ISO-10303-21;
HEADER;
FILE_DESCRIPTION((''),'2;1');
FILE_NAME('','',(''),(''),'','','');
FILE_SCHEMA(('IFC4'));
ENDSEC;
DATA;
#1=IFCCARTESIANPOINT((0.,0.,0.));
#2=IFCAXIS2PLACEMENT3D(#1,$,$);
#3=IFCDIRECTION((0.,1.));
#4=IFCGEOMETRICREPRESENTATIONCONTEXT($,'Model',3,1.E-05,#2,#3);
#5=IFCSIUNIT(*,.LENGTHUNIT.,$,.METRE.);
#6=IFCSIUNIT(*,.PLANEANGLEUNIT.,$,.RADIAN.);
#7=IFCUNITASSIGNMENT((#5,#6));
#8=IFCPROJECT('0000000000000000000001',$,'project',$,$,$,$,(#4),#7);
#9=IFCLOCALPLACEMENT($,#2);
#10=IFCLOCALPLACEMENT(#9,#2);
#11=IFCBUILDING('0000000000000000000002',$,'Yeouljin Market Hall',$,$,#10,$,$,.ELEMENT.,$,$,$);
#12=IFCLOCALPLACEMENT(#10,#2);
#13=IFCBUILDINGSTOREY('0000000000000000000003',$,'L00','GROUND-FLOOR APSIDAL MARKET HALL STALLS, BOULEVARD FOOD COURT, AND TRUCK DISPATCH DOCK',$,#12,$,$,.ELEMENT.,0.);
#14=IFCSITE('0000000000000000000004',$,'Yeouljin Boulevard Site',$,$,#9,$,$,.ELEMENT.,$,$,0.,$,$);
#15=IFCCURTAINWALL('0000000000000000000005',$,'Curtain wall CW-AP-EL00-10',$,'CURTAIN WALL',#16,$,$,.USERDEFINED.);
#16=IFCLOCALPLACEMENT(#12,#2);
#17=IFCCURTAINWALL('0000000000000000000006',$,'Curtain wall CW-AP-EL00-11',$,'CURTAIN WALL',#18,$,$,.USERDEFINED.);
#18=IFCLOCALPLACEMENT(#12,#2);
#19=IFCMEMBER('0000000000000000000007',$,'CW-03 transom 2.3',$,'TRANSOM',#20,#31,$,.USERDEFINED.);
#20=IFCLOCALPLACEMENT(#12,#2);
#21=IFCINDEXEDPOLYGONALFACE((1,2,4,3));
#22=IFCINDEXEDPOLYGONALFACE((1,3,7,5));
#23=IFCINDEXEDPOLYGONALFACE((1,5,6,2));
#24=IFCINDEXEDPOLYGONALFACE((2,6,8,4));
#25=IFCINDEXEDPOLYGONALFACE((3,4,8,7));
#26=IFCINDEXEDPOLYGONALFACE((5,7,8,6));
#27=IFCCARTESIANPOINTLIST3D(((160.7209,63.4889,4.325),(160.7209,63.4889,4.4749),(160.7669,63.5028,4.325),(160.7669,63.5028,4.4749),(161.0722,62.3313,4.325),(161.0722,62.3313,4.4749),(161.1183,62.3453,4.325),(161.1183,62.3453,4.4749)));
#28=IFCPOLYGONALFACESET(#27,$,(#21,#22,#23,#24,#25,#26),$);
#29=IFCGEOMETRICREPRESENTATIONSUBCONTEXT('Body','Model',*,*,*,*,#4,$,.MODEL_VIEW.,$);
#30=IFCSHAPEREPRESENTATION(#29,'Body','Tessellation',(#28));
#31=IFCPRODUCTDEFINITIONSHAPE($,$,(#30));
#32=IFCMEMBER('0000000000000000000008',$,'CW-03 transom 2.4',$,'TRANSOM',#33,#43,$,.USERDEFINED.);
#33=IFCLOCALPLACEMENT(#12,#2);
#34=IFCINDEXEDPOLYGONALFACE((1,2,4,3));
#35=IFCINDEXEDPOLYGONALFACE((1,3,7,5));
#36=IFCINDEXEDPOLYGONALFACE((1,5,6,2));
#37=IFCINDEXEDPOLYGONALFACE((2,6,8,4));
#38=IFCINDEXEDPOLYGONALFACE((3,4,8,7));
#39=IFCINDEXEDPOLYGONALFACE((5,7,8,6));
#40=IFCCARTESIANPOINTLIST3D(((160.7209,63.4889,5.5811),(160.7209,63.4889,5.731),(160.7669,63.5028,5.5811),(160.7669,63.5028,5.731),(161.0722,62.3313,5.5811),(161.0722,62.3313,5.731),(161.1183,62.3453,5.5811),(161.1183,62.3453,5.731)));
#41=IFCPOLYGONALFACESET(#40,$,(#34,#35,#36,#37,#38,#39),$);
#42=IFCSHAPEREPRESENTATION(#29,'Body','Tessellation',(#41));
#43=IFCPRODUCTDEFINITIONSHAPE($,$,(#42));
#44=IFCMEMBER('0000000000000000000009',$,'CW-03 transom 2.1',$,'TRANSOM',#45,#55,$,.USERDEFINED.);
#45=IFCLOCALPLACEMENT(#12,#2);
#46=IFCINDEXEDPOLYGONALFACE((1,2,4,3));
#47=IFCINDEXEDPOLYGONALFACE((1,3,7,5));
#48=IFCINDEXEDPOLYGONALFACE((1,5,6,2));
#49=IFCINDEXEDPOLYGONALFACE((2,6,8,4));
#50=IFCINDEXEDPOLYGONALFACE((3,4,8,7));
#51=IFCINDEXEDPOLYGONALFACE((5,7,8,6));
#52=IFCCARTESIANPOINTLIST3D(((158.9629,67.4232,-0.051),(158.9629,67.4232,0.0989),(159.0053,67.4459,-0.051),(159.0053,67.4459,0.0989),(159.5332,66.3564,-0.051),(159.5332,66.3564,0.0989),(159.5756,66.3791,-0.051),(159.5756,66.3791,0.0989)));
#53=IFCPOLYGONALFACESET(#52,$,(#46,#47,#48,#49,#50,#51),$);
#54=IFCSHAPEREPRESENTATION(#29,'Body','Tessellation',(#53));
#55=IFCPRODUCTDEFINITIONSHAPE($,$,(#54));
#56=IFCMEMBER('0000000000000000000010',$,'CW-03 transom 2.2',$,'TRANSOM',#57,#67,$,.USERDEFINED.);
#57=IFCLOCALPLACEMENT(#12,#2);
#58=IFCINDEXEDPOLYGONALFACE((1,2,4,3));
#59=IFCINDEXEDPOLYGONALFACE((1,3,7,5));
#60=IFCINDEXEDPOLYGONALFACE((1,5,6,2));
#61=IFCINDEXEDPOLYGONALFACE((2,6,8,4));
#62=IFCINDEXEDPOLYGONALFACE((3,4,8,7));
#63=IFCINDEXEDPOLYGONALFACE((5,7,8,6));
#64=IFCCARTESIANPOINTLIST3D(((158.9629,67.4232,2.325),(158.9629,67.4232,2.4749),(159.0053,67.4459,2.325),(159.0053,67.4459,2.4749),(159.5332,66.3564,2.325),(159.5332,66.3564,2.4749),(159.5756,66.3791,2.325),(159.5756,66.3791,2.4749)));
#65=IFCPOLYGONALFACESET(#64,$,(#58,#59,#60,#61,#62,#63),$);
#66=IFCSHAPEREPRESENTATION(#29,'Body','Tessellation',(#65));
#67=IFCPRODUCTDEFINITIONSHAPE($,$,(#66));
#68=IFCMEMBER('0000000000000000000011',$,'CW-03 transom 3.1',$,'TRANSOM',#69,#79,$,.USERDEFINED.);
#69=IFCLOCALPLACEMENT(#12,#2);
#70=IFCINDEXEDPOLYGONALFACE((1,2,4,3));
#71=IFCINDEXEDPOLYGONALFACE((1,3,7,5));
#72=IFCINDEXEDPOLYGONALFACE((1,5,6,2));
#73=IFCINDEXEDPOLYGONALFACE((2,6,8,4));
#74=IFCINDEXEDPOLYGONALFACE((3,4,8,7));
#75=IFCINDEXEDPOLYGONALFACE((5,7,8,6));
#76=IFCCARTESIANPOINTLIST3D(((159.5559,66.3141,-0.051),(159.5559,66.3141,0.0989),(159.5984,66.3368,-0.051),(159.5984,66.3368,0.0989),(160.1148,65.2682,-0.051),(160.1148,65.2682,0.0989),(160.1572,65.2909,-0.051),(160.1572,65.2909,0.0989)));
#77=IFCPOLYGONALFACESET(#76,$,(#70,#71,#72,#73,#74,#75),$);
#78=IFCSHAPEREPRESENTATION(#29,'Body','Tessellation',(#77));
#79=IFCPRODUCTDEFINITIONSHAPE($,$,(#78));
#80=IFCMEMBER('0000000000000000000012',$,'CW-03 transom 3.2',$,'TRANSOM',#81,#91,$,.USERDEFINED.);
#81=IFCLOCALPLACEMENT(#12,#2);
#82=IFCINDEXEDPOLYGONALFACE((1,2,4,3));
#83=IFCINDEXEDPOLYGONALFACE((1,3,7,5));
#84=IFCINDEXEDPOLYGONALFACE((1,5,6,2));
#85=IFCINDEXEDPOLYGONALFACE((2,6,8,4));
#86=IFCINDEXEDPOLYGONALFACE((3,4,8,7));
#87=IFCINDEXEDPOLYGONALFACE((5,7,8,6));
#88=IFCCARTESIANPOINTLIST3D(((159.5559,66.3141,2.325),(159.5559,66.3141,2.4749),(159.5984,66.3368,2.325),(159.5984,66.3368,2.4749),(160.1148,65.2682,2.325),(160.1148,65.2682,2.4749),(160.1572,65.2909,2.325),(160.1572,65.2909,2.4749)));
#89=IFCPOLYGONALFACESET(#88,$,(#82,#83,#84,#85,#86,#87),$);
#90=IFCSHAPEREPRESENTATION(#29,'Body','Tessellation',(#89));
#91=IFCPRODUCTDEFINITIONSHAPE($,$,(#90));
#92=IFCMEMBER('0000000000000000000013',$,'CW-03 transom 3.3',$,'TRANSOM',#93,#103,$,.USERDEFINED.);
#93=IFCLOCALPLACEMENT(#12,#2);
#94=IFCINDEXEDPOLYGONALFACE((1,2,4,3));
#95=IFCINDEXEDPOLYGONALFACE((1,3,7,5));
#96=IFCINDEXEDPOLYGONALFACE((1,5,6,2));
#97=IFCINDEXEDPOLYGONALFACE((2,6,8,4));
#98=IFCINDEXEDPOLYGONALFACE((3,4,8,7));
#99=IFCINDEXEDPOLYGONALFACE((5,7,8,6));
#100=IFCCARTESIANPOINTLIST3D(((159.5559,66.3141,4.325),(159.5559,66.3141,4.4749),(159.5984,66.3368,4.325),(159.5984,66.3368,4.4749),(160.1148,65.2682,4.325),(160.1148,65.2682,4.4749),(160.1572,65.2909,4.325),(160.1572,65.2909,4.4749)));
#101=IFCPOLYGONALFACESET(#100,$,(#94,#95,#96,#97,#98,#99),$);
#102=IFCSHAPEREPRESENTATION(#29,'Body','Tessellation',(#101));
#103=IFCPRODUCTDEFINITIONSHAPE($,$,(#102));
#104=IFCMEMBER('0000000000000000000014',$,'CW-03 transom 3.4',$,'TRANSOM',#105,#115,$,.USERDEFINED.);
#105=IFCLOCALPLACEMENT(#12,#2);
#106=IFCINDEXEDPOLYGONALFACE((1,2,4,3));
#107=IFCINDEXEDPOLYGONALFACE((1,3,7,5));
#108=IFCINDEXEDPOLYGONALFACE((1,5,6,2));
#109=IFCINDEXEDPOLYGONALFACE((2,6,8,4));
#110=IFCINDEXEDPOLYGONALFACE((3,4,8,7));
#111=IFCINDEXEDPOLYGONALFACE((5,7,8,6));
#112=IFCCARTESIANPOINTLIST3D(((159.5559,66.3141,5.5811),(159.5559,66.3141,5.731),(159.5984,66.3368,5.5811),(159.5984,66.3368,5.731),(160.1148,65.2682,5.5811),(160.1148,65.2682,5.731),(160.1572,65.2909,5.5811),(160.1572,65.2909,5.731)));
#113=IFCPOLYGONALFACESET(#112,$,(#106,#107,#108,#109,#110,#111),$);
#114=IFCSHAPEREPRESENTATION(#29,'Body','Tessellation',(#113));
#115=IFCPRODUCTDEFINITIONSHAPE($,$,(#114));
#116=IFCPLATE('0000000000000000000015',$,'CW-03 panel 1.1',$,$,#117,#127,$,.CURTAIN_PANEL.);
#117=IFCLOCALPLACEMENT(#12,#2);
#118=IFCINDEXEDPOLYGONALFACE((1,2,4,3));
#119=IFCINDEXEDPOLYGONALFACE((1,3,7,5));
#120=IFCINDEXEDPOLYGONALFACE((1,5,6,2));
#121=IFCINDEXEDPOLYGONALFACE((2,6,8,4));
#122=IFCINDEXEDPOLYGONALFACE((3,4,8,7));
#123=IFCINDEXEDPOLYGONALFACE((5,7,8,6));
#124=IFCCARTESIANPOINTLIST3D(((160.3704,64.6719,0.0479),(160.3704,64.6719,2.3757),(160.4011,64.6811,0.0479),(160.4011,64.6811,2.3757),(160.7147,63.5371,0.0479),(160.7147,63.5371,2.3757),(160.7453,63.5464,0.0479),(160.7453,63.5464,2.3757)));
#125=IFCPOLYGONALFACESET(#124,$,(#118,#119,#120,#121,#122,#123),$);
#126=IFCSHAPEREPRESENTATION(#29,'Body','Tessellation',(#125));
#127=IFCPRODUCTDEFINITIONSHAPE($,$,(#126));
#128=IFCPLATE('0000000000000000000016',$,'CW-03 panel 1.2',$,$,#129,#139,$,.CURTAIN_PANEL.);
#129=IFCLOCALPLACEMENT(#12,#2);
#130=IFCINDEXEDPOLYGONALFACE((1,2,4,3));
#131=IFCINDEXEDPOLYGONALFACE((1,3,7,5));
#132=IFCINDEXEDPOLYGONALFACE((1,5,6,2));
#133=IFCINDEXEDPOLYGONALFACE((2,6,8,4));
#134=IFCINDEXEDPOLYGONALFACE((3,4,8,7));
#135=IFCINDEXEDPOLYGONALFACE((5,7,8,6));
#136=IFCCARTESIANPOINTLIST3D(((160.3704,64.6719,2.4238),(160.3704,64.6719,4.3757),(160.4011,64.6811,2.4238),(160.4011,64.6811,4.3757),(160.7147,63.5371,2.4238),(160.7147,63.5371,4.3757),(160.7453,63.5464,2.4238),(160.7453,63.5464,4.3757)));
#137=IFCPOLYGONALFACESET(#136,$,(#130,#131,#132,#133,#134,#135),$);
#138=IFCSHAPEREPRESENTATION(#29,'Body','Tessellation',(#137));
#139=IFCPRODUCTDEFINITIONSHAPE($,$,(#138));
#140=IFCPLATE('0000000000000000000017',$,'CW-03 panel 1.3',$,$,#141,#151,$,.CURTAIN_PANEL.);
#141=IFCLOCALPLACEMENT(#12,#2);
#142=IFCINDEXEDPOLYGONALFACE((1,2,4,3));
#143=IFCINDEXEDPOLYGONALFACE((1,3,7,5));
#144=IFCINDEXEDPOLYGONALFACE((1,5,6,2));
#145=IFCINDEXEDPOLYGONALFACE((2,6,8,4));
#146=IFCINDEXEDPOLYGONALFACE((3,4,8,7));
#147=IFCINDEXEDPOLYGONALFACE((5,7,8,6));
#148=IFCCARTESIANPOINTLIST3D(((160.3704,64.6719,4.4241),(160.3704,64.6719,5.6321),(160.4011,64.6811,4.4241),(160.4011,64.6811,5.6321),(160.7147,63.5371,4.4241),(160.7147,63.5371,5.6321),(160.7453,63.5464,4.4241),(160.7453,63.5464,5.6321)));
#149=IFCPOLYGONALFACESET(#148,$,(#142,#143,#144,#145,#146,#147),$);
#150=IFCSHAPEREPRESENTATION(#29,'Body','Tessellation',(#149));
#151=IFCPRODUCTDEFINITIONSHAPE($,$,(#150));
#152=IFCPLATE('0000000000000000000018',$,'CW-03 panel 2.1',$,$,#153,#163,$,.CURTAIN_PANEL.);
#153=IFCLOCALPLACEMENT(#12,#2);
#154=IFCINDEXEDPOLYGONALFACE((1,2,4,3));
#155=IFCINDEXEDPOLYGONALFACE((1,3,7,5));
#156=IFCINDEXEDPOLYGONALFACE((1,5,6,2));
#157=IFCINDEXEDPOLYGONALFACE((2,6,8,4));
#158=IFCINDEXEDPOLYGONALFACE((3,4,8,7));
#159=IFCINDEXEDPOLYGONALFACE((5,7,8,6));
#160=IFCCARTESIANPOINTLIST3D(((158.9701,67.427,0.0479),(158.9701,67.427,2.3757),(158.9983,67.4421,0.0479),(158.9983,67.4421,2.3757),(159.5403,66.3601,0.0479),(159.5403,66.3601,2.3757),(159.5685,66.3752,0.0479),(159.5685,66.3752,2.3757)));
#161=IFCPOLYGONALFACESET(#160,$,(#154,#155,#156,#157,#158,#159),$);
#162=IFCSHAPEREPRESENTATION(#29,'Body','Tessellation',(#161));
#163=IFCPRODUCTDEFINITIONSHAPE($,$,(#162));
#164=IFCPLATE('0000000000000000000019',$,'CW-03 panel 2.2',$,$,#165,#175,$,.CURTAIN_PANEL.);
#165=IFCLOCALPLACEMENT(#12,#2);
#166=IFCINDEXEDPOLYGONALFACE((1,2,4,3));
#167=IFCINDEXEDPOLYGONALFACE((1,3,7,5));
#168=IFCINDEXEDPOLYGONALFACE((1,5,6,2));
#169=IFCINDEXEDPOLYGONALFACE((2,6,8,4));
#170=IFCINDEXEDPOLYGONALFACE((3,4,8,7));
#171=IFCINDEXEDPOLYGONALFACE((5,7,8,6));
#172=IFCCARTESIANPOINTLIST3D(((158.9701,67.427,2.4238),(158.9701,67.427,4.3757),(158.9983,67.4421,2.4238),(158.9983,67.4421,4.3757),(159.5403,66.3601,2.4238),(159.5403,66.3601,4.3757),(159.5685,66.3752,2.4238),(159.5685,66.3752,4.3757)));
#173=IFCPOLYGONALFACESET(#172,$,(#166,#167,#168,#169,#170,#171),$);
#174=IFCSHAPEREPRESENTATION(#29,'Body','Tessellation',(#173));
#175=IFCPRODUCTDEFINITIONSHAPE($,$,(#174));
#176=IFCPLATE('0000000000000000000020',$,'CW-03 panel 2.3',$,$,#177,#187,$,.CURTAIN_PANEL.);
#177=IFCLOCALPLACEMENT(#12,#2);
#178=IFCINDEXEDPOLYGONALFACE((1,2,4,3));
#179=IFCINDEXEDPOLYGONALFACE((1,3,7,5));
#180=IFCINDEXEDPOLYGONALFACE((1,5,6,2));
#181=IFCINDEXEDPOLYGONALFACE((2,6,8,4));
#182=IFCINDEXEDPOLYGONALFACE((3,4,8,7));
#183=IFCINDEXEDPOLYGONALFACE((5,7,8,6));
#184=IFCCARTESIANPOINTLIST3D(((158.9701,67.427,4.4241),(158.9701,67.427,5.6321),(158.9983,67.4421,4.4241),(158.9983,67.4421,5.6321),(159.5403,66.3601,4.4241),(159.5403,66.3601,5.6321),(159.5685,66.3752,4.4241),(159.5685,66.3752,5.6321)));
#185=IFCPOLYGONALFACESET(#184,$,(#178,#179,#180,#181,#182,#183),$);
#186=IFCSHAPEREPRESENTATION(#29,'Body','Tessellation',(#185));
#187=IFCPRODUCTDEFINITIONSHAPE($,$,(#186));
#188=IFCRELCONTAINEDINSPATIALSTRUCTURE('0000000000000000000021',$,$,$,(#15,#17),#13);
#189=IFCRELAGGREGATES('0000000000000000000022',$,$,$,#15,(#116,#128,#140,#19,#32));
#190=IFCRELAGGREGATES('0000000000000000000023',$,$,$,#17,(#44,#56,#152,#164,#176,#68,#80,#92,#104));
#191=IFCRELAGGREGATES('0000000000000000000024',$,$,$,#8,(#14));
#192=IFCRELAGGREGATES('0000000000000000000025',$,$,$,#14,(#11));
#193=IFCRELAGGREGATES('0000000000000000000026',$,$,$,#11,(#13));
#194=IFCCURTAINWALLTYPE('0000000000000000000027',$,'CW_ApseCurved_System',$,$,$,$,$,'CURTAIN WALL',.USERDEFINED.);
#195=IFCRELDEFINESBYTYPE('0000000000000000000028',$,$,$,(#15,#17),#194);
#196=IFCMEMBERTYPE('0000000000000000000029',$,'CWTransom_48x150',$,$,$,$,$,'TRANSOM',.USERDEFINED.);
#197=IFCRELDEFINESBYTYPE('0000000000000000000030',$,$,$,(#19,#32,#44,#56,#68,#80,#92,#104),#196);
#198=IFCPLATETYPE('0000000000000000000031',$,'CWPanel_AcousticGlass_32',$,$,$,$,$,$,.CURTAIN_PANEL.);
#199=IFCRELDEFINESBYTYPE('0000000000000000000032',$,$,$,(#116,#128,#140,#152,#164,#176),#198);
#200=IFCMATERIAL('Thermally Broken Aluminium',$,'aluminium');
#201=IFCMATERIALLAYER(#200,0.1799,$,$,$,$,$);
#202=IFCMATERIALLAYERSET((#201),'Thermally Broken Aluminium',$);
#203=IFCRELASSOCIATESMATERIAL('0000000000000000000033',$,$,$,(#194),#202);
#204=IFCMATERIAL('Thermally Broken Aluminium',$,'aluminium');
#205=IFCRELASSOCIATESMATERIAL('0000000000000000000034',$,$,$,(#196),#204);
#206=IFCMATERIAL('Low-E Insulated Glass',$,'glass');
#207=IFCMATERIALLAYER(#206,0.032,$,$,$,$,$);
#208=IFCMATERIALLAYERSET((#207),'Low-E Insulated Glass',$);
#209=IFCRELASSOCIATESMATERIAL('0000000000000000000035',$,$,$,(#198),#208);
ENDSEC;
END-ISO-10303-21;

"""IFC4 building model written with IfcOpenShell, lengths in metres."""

from ifc_helpers import new_model, si_unit, direction, frame, origin, origin_2d, place, context, subcontext, project, spatial, rectangle, extrude, material, layer, layer_set, material_profile, profile_set, type_object, element, aggregate, save


model = new_model("IFC4")

# Units and contexts
model_context = context("Model", 3, precision=1e-05, world=origin(), true_north=direction((0.0, 1.0)))
body_context = subcontext(model_context, "Body", "Model", "MODEL_VIEW")
ifc_project = project(units=[si_unit("LENGTHUNIT", "METRE"), si_unit("PLANEANGLEUNIT", "RADIAN")], contexts=[model_context])

# Site, building, storey
site_placement = place(None, origin())
site = spatial("IfcSite", under=ifc_project, at=site_placement, Name="Yeouljin Boulevard Site", CompositionType="ELEMENT", RefElevation=0.0)
building_placement = place(site_placement, origin())
building = spatial("IfcBuilding", under=site, at=building_placement, Name="Yeouljin Market Hall", CompositionType="ELEMENT")
storey_placement = place(building_placement, origin())
storey = spatial("IfcBuildingStorey", under=building, at=storey_placement, Name="L00", Description="GROUND-FLOOR APSIDAL MARKET HALL STALLS, BOULEVARD FOOD COURT, AND TRUCK DISPATCH DOCK", CompositionType="ELEMENT", Elevation=0.0)

# Curtain walls
ifc_material_1 = material(Name="Thermally Broken Aluminium", Category="aluminium")
ifc_layer_1 = layer(ifc_material_1, 0.1799)
ifc_layer_set_1 = layer_set([ifc_layer_1], Name="Thermally Broken Aluminium")
curtain_wall_type = type_object("IfcCurtainWallType", Name="CW_ApseCurved_System", ElementType="CURTAIN WALL", PredefinedType="USERDEFINED", material=ifc_layer_set_1)
curtain_wall_1_placement = place(storey_placement, origin())
curtain_wall_1 = element("IfcCurtainWall", 1, at=curtain_wall_1_placement, inside=storey, type_object=curtain_wall_type, Name="Curtain wall CW-AP-EL00-10", ObjectType="CURTAIN WALL", PredefinedType="USERDEFINED")
curtain_wall_2_placement = place(storey_placement, origin())
curtain_wall_2 = element("IfcCurtainWall", 2, at=curtain_wall_2_placement, inside=storey, type_object=curtain_wall_type, Name="Curtain wall CW-AP-EL00-11", ObjectType="CURTAIN WALL", PredefinedType="USERDEFINED")

# Members
ifc_material_2 = material(Name="Thermally Broken Aluminium", Category="aluminium")
ifc_material_profile_1 = material_profile(ifc_material_2, rectangle(XDim=0.0481, YDim=0.1499, at=origin_2d()), Name="CW-TRAN-48x150")
ifc_profile_set_1 = profile_set([ifc_material_profile_1], Name="Thermally Broken Aluminium")
member_type_1 = type_object("IfcMemberType", Name="CWTransom_48x150", ElementType="TRANSOM", PredefinedType="USERDEFINED", material=ifc_profile_set_1)
member_1_placement = place(storey_placement, frame((160.7439, 63.4958, 4.3999), z_axis=(0.290439, -0.956894, 0.0), x_axis=(0.956894, 0.290439, 0.0)))
member_1 = element("IfcMember", 3, at=member_1_placement, type_object=member_type_1, Name="CW-03 transom 2.3", ObjectType="TRANSOM", PredefinedType="USERDEFINED", context=body_context, shape_type="SweptSolid", body=[
    extrude(rectangle(XDim=0.0481, YDim=0.1499, at=origin_2d()), origin(), (0.0, 0.0, 1.0), 1.2097),
])
member_2_placement = place(storey_placement, frame((160.7439, 63.4958, 5.656), z_axis=(0.290439, -0.956894, 0.0), x_axis=(0.956894, 0.290439, 0.0)))
member_2 = element("IfcMember", 4, at=member_2_placement, type_object=member_type_1, Name="CW-03 transom 2.4", ObjectType="TRANSOM", PredefinedType="USERDEFINED", context=body_context, shape_type="SweptSolid", body=[
    extrude(rectangle(XDim=0.0481, YDim=0.1499, at=origin_2d()), origin(), (0.0, 0.0, 1.0), 1.2097),
])
member_3_placement = place(storey_placement, frame((158.9841, 67.4346, 0.0239), z_axis=(0.471426, -0.881906, 0.0), x_axis=(0.881906, 0.471426, 0.0)))
member_3 = element("IfcMember", 5, at=member_3_placement, type_object=member_type_1, Name="CW-03 transom 2.1", ObjectType="TRANSOM", PredefinedType="USERDEFINED", context=body_context, shape_type="SweptSolid", body=[
    extrude(rectangle(XDim=0.0481, YDim=0.1499, at=origin_2d()), origin(), (0.0, 0.0, 1.0), 1.2097),
])
member_4_placement = place(storey_placement, frame((158.9841, 67.4346, 2.3999), z_axis=(0.471426, -0.881906, 0.0), x_axis=(0.881906, 0.471426, 0.0)))
member_4 = element("IfcMember", 6, at=member_4_placement, type_object=member_type_1, Name="CW-03 transom 2.2", ObjectType="TRANSOM", PredefinedType="USERDEFINED", context=body_context, shape_type="SweptSolid", body=[
    extrude(rectangle(XDim=0.0481, YDim=0.1499, at=origin_2d()), origin(), (0.0, 0.0, 1.0), 1.2097),
])
member_5_placement = place(storey_placement, frame((159.5771, 66.3254, 0.0239), z_axis=(0.471261, -0.881994, 0.0), x_axis=(0.881994, 0.471261, 0.0)))
member_5 = element("IfcMember", 7, at=member_5_placement, type_object=member_type_1, Name="CW-03 transom 3.1", ObjectType="TRANSOM", PredefinedType="USERDEFINED", context=body_context, shape_type="SweptSolid", body=[
    extrude(rectangle(XDim=0.0481, YDim=0.1499, at=origin_2d()), origin(), (0.0, 0.0, 1.0), 1.1858),
])
member_6_placement = place(storey_placement, frame((159.5771, 66.3254, 2.3999), z_axis=(0.471261, -0.881994, 0.0), x_axis=(0.881994, 0.471261, 0.0)))
member_6 = element("IfcMember", 8, at=member_6_placement, type_object=member_type_1, Name="CW-03 transom 3.2", ObjectType="TRANSOM", PredefinedType="USERDEFINED", context=body_context, shape_type="SweptSolid", body=[
    extrude(rectangle(XDim=0.0481, YDim=0.1499, at=origin_2d()), origin(), (0.0, 0.0, 1.0), 1.1858),
])
member_7_placement = place(storey_placement, frame((159.5771, 66.3254, 4.3999), z_axis=(0.471261, -0.881994, 0.0), x_axis=(0.881994, 0.471261, 0.0)))
member_7 = element("IfcMember", 9, at=member_7_placement, type_object=member_type_1, Name="CW-03 transom 3.3", ObjectType="TRANSOM", PredefinedType="USERDEFINED", context=body_context, shape_type="SweptSolid", body=[
    extrude(rectangle(XDim=0.0481, YDim=0.1499, at=origin_2d()), origin(), (0.0, 0.0, 1.0), 1.1858),
])
member_8_placement = place(storey_placement, frame((159.5771, 66.3254, 5.656), z_axis=(0.471261, -0.881994, 0.0), x_axis=(0.881994, 0.471261, 0.0)))
member_8 = element("IfcMember", 10, at=member_8_placement, type_object=member_type_1, Name="CW-03 transom 3.4", ObjectType="TRANSOM", PredefinedType="USERDEFINED", context=body_context, shape_type="SweptSolid", body=[
    extrude(rectangle(XDim=0.0481, YDim=0.1499, at=origin_2d()), origin(), (0.0, 0.0, 1.0), 1.1858),
])

# Plates
ifc_material_3 = material(Name="Low-E Insulated Glass", Category="glass")
ifc_layer_2 = layer(ifc_material_3, 0.032)
ifc_layer_set_2 = layer_set([ifc_layer_2], Name="Low-E Insulated Glass")
plate_type = type_object("IfcPlateType", Name="CWPanel_AcousticGlass_32", PredefinedType="CURTAIN_PANEL", material=ifc_layer_set_2)
plate_1_placement = place(storey_placement, frame((160.5579, 64.1091, 0.0479), z_axis=(0.0, 0.0, 1.0), x_axis=(0.290286, -0.95694, 0.0)))
plate_1 = element("IfcPlate", 11, at=plate_1_placement, type_object=plate_type, Name="CW-03 panel 1.1", PredefinedType="CURTAIN_PANEL", context=body_context, shape_type="SweptSolid", body=[
    extrude(rectangle(XDim=1.1858, YDim=0.032, at=origin_2d()), origin(), (0.0, 0.0, 1.0), 2.3279),
])
plate_2_placement = place(storey_placement, frame((160.5579, 64.1091, 2.4238), z_axis=(0.0, 0.0, 1.0), x_axis=(0.290286, -0.95694, 0.0)))
plate_2 = element("IfcPlate", 12, at=plate_2_placement, type_object=plate_type, Name="CW-03 panel 1.2", PredefinedType="CURTAIN_PANEL", context=body_context, shape_type="SweptSolid", body=[
    extrude(rectangle(XDim=1.1858, YDim=0.032, at=origin_2d()), origin(), (0.0, 0.0, 1.0), 1.9519),
])
plate_3_placement = place(storey_placement, frame((160.5579, 64.1091, 4.4241), z_axis=(0.0, 0.0, 1.0), x_axis=(0.290286, -0.95694, 0.0)))
plate_3 = element("IfcPlate", 13, at=plate_3_placement, type_object=plate_type, Name="CW-03 panel 1.3", PredefinedType="CURTAIN_PANEL", context=body_context, shape_type="SweptSolid", body=[
    extrude(rectangle(XDim=1.1858, YDim=0.032, at=origin_2d()), origin(), (0.0, 0.0, 1.0), 1.208),
])
aggregate(curtain_wall_1, [plate_1, plate_2, plate_3, member_1, member_2])
plate_4_placement = place(storey_placement, frame((159.2693, 66.9011, 0.0479), z_axis=(0.0, 0.0, 1.0), x_axis=(0.471378, -0.881931, 0.0)))
plate_4 = element("IfcPlate", 14, at=plate_4_placement, type_object=plate_type, Name="CW-03 panel 2.1", PredefinedType="CURTAIN_PANEL", context=body_context, shape_type="SweptSolid", body=[
    extrude(rectangle(XDim=1.2097, YDim=0.032, at=origin_2d()), origin(), (0.0, 0.0, 1.0), 2.3279),
])
plate_5_placement = place(storey_placement, frame((159.2693, 66.9011, 2.4238), z_axis=(0.0, 0.0, 1.0), x_axis=(0.471378, -0.881931, 0.0)))
plate_5 = element("IfcPlate", 15, at=plate_5_placement, type_object=plate_type, Name="CW-03 panel 2.2", PredefinedType="CURTAIN_PANEL", context=body_context, shape_type="SweptSolid", body=[
    extrude(rectangle(XDim=1.2097, YDim=0.032, at=origin_2d()), origin(), (0.0, 0.0, 1.0), 1.9519),
])
plate_6_placement = place(storey_placement, frame((159.2693, 66.9011, 4.4241), z_axis=(0.0, 0.0, 1.0), x_axis=(0.471378, -0.881931, 0.0)))
plate_6 = element("IfcPlate", 16, at=plate_6_placement, type_object=plate_type, Name="CW-03 panel 2.3", PredefinedType="CURTAIN_PANEL", context=body_context, shape_type="SweptSolid", body=[
    extrude(rectangle(XDim=1.2097, YDim=0.032, at=origin_2d()), origin(), (0.0, 0.0, 1.0), 1.208),
])
aggregate(curtain_wall_2, [member_3, member_4, plate_4, plate_5, plate_6, member_5, member_6, member_7, member_8])

save(model, "model.ifc")
